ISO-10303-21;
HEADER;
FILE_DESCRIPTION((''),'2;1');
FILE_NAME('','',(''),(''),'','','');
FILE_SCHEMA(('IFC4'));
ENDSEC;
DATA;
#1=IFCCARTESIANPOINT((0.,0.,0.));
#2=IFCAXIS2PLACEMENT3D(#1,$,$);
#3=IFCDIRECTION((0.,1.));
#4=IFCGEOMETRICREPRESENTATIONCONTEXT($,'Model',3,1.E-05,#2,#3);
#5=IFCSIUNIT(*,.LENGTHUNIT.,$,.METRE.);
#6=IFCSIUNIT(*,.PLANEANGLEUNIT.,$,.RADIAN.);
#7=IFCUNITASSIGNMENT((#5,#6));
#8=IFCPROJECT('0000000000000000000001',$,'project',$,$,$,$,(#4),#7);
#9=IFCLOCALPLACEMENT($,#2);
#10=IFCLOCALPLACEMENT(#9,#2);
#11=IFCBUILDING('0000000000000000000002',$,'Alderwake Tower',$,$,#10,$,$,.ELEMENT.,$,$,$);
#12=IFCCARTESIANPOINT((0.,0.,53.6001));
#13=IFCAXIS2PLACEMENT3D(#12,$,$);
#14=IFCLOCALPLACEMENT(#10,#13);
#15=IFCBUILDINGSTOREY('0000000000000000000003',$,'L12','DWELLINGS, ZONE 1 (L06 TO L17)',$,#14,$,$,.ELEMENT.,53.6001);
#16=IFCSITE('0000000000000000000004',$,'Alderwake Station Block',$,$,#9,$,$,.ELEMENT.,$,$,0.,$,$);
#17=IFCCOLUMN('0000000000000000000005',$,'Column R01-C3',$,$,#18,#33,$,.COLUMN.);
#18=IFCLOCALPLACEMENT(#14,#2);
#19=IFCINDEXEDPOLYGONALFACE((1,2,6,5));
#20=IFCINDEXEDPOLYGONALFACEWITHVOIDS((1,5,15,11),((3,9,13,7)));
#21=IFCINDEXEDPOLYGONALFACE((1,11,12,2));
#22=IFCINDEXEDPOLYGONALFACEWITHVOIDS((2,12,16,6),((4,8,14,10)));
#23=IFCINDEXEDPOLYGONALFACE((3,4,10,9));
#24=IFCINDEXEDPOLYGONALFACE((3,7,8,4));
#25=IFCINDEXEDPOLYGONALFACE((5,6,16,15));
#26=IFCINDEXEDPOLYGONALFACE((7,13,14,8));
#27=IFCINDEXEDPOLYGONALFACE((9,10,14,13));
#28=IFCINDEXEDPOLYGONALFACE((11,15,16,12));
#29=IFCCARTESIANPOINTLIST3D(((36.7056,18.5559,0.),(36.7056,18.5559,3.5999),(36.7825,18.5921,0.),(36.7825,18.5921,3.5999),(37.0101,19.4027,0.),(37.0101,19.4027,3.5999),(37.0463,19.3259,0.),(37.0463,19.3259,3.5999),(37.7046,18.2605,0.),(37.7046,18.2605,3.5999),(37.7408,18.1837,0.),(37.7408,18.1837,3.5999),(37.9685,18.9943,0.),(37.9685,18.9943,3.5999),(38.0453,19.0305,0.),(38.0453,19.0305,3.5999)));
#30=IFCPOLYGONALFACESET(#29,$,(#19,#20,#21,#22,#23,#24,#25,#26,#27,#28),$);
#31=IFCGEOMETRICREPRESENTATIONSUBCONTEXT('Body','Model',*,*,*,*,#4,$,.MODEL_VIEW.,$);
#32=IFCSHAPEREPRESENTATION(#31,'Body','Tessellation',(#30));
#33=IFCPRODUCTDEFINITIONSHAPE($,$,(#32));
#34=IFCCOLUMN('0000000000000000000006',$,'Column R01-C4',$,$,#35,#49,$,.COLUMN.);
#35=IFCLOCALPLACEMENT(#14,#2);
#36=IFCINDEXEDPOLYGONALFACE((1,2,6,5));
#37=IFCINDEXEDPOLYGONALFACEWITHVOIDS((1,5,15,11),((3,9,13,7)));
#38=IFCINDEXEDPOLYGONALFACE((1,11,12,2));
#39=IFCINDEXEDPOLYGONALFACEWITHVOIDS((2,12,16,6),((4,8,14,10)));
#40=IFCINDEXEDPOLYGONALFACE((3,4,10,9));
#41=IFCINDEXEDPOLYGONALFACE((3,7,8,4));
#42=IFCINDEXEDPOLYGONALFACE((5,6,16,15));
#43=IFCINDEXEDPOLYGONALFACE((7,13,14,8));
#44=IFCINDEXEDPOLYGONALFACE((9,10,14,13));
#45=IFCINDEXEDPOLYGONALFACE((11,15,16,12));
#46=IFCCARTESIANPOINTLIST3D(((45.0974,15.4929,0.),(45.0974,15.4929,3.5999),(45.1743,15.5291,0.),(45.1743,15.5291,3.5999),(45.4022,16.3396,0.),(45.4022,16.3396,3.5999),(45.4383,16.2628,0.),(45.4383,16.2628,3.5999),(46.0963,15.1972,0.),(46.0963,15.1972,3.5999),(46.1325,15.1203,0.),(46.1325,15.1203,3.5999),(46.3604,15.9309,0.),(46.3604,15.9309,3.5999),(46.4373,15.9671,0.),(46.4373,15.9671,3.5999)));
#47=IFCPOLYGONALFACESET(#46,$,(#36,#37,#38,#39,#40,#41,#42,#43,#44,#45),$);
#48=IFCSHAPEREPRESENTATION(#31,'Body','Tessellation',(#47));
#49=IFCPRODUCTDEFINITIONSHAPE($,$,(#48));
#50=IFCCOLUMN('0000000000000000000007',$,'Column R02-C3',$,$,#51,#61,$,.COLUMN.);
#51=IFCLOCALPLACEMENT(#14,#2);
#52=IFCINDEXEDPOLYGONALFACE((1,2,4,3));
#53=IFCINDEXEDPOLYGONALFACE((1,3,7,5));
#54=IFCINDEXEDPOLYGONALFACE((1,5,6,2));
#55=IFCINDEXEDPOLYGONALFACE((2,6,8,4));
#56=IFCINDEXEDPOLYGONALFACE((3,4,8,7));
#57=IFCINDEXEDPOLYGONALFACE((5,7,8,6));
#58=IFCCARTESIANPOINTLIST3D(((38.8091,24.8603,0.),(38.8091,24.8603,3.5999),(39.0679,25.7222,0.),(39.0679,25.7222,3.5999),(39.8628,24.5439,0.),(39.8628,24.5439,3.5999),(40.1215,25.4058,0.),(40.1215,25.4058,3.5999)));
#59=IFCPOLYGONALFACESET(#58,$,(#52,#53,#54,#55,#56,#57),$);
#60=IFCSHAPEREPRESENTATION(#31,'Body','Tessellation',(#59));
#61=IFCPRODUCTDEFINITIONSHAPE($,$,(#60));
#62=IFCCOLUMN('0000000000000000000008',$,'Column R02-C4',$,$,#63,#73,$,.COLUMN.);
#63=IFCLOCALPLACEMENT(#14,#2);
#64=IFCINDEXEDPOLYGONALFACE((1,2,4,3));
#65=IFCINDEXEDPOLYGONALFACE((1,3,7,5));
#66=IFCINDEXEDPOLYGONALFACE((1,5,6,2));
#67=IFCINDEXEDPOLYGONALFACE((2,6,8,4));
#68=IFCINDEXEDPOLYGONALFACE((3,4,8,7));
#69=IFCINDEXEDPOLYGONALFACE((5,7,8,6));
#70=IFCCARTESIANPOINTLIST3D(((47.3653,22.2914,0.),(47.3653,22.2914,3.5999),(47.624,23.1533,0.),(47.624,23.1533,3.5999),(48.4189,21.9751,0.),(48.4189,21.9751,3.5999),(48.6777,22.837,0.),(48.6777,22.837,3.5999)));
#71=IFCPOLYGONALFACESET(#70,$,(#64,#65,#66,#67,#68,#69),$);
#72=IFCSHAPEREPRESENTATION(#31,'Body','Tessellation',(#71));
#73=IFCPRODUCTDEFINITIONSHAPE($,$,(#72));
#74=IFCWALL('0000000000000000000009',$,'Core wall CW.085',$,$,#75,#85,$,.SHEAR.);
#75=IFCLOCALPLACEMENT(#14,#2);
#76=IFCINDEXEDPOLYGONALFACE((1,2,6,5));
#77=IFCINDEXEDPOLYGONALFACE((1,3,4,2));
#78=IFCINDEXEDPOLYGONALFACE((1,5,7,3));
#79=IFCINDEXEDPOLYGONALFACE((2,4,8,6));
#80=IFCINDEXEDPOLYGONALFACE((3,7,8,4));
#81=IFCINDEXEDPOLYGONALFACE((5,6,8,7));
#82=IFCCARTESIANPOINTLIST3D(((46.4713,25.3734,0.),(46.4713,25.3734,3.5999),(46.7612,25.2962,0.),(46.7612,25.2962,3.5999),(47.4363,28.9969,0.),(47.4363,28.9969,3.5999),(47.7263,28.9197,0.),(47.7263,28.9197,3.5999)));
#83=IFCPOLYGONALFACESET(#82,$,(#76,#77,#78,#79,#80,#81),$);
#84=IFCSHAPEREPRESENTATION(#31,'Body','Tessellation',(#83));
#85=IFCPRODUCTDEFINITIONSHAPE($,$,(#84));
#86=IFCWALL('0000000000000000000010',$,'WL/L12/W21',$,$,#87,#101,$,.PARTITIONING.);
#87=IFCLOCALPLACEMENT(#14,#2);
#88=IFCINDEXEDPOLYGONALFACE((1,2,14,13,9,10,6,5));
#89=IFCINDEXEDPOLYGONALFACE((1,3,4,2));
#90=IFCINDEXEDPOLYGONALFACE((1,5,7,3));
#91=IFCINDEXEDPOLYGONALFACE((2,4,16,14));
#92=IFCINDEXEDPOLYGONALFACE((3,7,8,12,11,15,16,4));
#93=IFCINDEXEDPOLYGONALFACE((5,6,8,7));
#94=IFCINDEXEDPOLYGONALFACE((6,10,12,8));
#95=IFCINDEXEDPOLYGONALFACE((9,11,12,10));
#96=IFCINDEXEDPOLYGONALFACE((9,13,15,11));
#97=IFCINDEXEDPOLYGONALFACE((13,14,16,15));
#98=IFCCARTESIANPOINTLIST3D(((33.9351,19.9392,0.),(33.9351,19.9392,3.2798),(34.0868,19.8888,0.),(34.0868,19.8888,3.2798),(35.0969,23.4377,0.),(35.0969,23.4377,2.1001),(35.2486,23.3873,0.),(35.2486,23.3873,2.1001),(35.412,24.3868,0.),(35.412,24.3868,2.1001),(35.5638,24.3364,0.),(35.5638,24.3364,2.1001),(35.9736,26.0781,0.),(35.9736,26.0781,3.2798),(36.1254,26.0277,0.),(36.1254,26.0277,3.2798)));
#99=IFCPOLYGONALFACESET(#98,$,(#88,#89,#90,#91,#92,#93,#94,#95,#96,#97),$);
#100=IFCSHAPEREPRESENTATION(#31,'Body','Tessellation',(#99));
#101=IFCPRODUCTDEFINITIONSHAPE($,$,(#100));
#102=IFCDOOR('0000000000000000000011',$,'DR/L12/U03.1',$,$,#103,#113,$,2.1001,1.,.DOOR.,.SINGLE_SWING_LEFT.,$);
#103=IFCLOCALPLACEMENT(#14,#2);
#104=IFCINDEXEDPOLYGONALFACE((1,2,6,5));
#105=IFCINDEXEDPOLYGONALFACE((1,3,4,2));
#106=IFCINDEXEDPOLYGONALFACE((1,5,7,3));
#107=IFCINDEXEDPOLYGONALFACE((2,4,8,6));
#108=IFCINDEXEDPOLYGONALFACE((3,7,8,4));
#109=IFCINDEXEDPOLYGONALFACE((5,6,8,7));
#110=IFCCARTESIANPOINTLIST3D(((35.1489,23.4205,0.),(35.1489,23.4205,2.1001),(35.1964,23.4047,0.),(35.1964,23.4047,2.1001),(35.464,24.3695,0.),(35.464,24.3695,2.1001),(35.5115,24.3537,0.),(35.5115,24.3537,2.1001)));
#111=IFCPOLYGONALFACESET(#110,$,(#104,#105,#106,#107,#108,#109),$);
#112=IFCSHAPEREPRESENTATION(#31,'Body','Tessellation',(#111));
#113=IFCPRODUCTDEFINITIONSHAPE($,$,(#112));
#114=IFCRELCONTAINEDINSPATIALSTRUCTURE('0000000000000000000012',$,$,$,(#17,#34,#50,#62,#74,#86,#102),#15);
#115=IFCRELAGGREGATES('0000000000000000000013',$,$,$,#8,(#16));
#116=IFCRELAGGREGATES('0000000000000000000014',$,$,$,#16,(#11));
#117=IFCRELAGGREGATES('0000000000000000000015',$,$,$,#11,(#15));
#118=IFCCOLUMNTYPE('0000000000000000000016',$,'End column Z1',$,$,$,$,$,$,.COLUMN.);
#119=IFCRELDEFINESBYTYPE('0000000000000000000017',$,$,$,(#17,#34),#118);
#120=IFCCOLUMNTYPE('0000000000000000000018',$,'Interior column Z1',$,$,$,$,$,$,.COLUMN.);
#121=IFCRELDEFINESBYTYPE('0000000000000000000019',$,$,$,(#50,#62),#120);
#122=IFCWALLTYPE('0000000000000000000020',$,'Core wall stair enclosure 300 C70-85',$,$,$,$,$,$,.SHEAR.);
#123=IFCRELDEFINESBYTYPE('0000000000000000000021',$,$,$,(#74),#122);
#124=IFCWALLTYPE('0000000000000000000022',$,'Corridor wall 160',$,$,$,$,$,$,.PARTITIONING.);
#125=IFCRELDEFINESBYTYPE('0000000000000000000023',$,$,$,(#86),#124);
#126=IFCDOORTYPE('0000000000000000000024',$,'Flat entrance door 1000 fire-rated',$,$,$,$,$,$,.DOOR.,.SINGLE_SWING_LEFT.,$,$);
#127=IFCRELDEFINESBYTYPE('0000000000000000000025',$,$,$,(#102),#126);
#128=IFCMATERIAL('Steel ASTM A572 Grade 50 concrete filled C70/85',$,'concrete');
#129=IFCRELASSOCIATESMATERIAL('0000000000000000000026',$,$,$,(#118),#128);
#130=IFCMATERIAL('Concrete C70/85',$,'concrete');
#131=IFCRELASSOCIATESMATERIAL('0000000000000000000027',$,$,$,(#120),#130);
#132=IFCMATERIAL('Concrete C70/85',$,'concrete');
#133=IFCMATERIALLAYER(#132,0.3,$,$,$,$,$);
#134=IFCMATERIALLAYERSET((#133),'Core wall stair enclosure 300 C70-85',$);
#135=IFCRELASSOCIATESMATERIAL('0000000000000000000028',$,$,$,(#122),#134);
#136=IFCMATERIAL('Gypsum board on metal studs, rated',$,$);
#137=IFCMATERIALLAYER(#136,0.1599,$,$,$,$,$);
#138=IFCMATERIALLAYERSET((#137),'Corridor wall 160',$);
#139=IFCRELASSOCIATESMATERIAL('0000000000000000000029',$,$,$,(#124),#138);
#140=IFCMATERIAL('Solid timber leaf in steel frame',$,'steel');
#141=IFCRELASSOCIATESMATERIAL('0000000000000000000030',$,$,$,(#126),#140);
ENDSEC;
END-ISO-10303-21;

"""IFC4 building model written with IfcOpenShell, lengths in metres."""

from ifc_helpers import new_model, si_unit, direction, frame, frame_2d, origin, origin_2d, place, context, subcontext, project, spatial, rectangle, hollow_rectangle, extrude, material, layer, layer_set, material_profile, profile_set, type_object, element, fill, save


model = new_model("IFC4")

# Units and contexts
model_context = context("Model", 3, precision=1e-05, world=origin(), true_north=direction((0.0, 1.0)))
body_context = subcontext(model_context, "Body", "Model", "MODEL_VIEW")
ifc_project = project(units=[si_unit("LENGTHUNIT", "METRE"), si_unit("PLANEANGLEUNIT", "RADIAN")], contexts=[model_context])

# Site, building, storey
site_placement = place(None, origin())
site = spatial("IfcSite", under=ifc_project, at=site_placement, Name="Alderwake Station Block", CompositionType="ELEMENT", RefElevation=0.0)
building_placement = place(site_placement, origin())
building = spatial("IfcBuilding", under=site, at=building_placement, Name="Alderwake Tower", CompositionType="ELEMENT")
storey_placement = place(building_placement, frame((0.0, 0.0, 53.6001)))
storey = spatial("IfcBuildingStorey", under=building, at=storey_placement, Name="L12", Description="DWELLINGS, ZONE 1 (L06 TO L17)", CompositionType="ELEMENT", Elevation=53.6001)

# Columns
ifc_material_1 = material(Name="Steel ASTM A572 Grade 50 concrete filled C70/85", Category="concrete")
ifc_material_profile_1 = material_profile(ifc_material_1, hollow_rectangle(XDim=0.8999, YDim=1.1001, WallThickness=0.0601, at=origin_2d()), Name="BOX 1100X900X60")
ifc_profile_set_1 = profile_set([ifc_material_profile_1], Name="Steel ASTM A572 Grade 50 concrete filled C70/85")
column_type_1 = type_object("IfcColumnType", Name="End column Z1", PredefinedType="COLUMN", material=ifc_profile_set_1)
for number, where, z_axis, x_axis, name in (
    (1, (37.3755, 18.7932, 0.0), (0.0, 0.0, 1.0), (0.338375, 0.941011, 0.0), "Column R01-C3"),
    (2, (45.7673, 15.73, 0.0), (0.0, 0.0, 1.0), (0.338677, 0.940903, 0.0), "Column R01-C4"),
):
    element("IfcColumn", number, at=place(storey_placement, frame(where, z_axis=z_axis, x_axis=x_axis)), inside=storey, type_object=column_type_1, Name=name, PredefinedType="COLUMN", context=body_context, shape_type="SweptSolid", body=[
        extrude(hollow_rectangle(XDim=0.8999, YDim=1.1001, WallThickness=0.0601, at=origin_2d()), origin(), (0.0, 0.0, 1.0), 3.5999),
    ])
ifc_material_2 = material(Name="Concrete C70/85", Category="concrete")
ifc_material_profile_2 = material_profile(ifc_material_2, rectangle(XDim=0.8999, YDim=1.1001, at=origin_2d()), Name="RC 1100X900")
ifc_profile_set_2 = profile_set([ifc_material_profile_2], Name="Concrete C70/85")
column_type_2 = type_object("IfcColumnType", Name="Interior column Z1", PredefinedType="COLUMN", material=ifc_profile_set_2)
for number, where, z_axis, x_axis, name in (
    (3, (39.4653, 25.1331, 0.0), (0.0, 0.0, 1.0), (0.287549, 0.957766, 0.0), "Column R02-C3"),
    (4, (48.0215, 22.5642, 0.0), (0.0, 0.0, 1.0), (0.287549, 0.957766, 0.0), "Column R02-C4"),
):
    element("IfcColumn", number, at=place(storey_placement, frame(where, z_axis=z_axis, x_axis=x_axis)), inside=storey, type_object=column_type_2, Name=name, PredefinedType="COLUMN", context=body_context, shape_type="SweptSolid", body=[
        extrude(rectangle(XDim=0.8999, YDim=1.1001, at=origin_2d()), origin(), (0.0, 0.0, 1.0), 3.5999),
    ])

# Wall
ifc_material_3 = material(Name="Concrete C70/85", Category="concrete")
ifc_layer_1 = layer(ifc_material_3, 0.3)
ifc_layer_set_1 = layer_set([ifc_layer_1], Name="Core wall stair enclosure 300 C70-85")
wall_type_1 = type_object("IfcWallType", Name="Core wall stair enclosure 300 C70-85", PredefinedType="SHEAR", material=ifc_layer_set_1)
wall_1_placement = place(storey_placement, frame((46.6162, 25.3347, 0.0), z_axis=(0.0, 0.0, 1.0), x_axis=(0.257367, 0.966314, 0.0)))
element("IfcWall", 5, at=wall_1_placement, inside=storey, type_object=wall_type_1, Name="Core wall CW.085", PredefinedType="SHEAR", context=body_context, shape_type="SweptSolid", body=[
    extrude(rectangle(XDim=3.7498, YDim=0.3, at=frame_2d((1.875, 0.0))), origin(), (0.0, 0.0, 1.0), 3.5999),
])

# Wall, opening, door
ifc_material_4 = material(Name="Gypsum board on metal studs, rated")
ifc_layer_2 = layer(ifc_material_4, 0.1599)
ifc_layer_set_2 = layer_set([ifc_layer_2], Name="Corridor wall 160")
wall_type_2 = type_object("IfcWallType", Name="Corridor wall 160", PredefinedType="PARTITIONING", material=ifc_layer_set_2)
wall_2_placement = place(storey_placement, frame((36.0496, 26.053, 0.0), z_axis=(0.0, 0.0, 1.0), x_axis=(-0.315152, -0.949041, 0.0)))
wall_2 = element("IfcWall", 6, at=wall_2_placement, inside=storey, type_object=wall_type_2, Name="WL/L12/W21", PredefinedType="PARTITIONING", context=body_context, shape_type="SweptSolid", body=[
    extrude(rectangle(XDim=6.4685, YDim=0.1599, at=frame_2d((3.2344, 0.0))), origin(), (0.0, 0.0, 1.0), 3.2798),
])
opening_1_placement = place(wall_2_placement, frame((1.7822, 0.0, 0.0)))
opening_1 = element("IfcOpeningElement", 7, at=opening_1_placement, cuts=wall_2, PredefinedType="OPENING", context=body_context, shape_type="SweptSolid", body=[
    extrude(rectangle(XDim=1.0, YDim=2.1001, at=frame_2d((0.5, 1.05))), frame((0.0, 0.0898, 0.0), z_axis=(0.0, -1.0, 0.0), x_axis=(1.0, 0.0, 0.0)), (0.0, 0.0, 1.0), 0.1799),
])
ifc_material_5 = material(Name="Solid timber leaf in steel frame", Category="steel")
door_type_1 = type_object("IfcDoorType", Name="Flat entrance door 1000 fire-rated", OperationType="SINGLE_SWING_LEFT", PredefinedType="DOOR", material=ifc_material_5)
door_1_placement = place(opening_1_placement, origin())
door_1 = element("IfcDoor", 8, at=door_1_placement, inside=storey, type_object=door_type_1, Name="DR/L12/U03.1", OperationType="SINGLE_SWING_LEFT", OverallHeight=2.1001, OverallWidth=1.0, PredefinedType="DOOR", context=body_context, shape_type="SweptSolid", body=[
    extrude(rectangle(XDim=1.0, YDim=2.1001, at=frame_2d((0.5, 1.05))), frame((0.0, 0.0249, 0.0), z_axis=(0.0, -1.0, 0.0), x_axis=(1.0, 0.0, 0.0)), (0.0, 0.0, 1.0), 0.05),
])
fill(opening_1, door_1)

save(model, "model.ifc")
